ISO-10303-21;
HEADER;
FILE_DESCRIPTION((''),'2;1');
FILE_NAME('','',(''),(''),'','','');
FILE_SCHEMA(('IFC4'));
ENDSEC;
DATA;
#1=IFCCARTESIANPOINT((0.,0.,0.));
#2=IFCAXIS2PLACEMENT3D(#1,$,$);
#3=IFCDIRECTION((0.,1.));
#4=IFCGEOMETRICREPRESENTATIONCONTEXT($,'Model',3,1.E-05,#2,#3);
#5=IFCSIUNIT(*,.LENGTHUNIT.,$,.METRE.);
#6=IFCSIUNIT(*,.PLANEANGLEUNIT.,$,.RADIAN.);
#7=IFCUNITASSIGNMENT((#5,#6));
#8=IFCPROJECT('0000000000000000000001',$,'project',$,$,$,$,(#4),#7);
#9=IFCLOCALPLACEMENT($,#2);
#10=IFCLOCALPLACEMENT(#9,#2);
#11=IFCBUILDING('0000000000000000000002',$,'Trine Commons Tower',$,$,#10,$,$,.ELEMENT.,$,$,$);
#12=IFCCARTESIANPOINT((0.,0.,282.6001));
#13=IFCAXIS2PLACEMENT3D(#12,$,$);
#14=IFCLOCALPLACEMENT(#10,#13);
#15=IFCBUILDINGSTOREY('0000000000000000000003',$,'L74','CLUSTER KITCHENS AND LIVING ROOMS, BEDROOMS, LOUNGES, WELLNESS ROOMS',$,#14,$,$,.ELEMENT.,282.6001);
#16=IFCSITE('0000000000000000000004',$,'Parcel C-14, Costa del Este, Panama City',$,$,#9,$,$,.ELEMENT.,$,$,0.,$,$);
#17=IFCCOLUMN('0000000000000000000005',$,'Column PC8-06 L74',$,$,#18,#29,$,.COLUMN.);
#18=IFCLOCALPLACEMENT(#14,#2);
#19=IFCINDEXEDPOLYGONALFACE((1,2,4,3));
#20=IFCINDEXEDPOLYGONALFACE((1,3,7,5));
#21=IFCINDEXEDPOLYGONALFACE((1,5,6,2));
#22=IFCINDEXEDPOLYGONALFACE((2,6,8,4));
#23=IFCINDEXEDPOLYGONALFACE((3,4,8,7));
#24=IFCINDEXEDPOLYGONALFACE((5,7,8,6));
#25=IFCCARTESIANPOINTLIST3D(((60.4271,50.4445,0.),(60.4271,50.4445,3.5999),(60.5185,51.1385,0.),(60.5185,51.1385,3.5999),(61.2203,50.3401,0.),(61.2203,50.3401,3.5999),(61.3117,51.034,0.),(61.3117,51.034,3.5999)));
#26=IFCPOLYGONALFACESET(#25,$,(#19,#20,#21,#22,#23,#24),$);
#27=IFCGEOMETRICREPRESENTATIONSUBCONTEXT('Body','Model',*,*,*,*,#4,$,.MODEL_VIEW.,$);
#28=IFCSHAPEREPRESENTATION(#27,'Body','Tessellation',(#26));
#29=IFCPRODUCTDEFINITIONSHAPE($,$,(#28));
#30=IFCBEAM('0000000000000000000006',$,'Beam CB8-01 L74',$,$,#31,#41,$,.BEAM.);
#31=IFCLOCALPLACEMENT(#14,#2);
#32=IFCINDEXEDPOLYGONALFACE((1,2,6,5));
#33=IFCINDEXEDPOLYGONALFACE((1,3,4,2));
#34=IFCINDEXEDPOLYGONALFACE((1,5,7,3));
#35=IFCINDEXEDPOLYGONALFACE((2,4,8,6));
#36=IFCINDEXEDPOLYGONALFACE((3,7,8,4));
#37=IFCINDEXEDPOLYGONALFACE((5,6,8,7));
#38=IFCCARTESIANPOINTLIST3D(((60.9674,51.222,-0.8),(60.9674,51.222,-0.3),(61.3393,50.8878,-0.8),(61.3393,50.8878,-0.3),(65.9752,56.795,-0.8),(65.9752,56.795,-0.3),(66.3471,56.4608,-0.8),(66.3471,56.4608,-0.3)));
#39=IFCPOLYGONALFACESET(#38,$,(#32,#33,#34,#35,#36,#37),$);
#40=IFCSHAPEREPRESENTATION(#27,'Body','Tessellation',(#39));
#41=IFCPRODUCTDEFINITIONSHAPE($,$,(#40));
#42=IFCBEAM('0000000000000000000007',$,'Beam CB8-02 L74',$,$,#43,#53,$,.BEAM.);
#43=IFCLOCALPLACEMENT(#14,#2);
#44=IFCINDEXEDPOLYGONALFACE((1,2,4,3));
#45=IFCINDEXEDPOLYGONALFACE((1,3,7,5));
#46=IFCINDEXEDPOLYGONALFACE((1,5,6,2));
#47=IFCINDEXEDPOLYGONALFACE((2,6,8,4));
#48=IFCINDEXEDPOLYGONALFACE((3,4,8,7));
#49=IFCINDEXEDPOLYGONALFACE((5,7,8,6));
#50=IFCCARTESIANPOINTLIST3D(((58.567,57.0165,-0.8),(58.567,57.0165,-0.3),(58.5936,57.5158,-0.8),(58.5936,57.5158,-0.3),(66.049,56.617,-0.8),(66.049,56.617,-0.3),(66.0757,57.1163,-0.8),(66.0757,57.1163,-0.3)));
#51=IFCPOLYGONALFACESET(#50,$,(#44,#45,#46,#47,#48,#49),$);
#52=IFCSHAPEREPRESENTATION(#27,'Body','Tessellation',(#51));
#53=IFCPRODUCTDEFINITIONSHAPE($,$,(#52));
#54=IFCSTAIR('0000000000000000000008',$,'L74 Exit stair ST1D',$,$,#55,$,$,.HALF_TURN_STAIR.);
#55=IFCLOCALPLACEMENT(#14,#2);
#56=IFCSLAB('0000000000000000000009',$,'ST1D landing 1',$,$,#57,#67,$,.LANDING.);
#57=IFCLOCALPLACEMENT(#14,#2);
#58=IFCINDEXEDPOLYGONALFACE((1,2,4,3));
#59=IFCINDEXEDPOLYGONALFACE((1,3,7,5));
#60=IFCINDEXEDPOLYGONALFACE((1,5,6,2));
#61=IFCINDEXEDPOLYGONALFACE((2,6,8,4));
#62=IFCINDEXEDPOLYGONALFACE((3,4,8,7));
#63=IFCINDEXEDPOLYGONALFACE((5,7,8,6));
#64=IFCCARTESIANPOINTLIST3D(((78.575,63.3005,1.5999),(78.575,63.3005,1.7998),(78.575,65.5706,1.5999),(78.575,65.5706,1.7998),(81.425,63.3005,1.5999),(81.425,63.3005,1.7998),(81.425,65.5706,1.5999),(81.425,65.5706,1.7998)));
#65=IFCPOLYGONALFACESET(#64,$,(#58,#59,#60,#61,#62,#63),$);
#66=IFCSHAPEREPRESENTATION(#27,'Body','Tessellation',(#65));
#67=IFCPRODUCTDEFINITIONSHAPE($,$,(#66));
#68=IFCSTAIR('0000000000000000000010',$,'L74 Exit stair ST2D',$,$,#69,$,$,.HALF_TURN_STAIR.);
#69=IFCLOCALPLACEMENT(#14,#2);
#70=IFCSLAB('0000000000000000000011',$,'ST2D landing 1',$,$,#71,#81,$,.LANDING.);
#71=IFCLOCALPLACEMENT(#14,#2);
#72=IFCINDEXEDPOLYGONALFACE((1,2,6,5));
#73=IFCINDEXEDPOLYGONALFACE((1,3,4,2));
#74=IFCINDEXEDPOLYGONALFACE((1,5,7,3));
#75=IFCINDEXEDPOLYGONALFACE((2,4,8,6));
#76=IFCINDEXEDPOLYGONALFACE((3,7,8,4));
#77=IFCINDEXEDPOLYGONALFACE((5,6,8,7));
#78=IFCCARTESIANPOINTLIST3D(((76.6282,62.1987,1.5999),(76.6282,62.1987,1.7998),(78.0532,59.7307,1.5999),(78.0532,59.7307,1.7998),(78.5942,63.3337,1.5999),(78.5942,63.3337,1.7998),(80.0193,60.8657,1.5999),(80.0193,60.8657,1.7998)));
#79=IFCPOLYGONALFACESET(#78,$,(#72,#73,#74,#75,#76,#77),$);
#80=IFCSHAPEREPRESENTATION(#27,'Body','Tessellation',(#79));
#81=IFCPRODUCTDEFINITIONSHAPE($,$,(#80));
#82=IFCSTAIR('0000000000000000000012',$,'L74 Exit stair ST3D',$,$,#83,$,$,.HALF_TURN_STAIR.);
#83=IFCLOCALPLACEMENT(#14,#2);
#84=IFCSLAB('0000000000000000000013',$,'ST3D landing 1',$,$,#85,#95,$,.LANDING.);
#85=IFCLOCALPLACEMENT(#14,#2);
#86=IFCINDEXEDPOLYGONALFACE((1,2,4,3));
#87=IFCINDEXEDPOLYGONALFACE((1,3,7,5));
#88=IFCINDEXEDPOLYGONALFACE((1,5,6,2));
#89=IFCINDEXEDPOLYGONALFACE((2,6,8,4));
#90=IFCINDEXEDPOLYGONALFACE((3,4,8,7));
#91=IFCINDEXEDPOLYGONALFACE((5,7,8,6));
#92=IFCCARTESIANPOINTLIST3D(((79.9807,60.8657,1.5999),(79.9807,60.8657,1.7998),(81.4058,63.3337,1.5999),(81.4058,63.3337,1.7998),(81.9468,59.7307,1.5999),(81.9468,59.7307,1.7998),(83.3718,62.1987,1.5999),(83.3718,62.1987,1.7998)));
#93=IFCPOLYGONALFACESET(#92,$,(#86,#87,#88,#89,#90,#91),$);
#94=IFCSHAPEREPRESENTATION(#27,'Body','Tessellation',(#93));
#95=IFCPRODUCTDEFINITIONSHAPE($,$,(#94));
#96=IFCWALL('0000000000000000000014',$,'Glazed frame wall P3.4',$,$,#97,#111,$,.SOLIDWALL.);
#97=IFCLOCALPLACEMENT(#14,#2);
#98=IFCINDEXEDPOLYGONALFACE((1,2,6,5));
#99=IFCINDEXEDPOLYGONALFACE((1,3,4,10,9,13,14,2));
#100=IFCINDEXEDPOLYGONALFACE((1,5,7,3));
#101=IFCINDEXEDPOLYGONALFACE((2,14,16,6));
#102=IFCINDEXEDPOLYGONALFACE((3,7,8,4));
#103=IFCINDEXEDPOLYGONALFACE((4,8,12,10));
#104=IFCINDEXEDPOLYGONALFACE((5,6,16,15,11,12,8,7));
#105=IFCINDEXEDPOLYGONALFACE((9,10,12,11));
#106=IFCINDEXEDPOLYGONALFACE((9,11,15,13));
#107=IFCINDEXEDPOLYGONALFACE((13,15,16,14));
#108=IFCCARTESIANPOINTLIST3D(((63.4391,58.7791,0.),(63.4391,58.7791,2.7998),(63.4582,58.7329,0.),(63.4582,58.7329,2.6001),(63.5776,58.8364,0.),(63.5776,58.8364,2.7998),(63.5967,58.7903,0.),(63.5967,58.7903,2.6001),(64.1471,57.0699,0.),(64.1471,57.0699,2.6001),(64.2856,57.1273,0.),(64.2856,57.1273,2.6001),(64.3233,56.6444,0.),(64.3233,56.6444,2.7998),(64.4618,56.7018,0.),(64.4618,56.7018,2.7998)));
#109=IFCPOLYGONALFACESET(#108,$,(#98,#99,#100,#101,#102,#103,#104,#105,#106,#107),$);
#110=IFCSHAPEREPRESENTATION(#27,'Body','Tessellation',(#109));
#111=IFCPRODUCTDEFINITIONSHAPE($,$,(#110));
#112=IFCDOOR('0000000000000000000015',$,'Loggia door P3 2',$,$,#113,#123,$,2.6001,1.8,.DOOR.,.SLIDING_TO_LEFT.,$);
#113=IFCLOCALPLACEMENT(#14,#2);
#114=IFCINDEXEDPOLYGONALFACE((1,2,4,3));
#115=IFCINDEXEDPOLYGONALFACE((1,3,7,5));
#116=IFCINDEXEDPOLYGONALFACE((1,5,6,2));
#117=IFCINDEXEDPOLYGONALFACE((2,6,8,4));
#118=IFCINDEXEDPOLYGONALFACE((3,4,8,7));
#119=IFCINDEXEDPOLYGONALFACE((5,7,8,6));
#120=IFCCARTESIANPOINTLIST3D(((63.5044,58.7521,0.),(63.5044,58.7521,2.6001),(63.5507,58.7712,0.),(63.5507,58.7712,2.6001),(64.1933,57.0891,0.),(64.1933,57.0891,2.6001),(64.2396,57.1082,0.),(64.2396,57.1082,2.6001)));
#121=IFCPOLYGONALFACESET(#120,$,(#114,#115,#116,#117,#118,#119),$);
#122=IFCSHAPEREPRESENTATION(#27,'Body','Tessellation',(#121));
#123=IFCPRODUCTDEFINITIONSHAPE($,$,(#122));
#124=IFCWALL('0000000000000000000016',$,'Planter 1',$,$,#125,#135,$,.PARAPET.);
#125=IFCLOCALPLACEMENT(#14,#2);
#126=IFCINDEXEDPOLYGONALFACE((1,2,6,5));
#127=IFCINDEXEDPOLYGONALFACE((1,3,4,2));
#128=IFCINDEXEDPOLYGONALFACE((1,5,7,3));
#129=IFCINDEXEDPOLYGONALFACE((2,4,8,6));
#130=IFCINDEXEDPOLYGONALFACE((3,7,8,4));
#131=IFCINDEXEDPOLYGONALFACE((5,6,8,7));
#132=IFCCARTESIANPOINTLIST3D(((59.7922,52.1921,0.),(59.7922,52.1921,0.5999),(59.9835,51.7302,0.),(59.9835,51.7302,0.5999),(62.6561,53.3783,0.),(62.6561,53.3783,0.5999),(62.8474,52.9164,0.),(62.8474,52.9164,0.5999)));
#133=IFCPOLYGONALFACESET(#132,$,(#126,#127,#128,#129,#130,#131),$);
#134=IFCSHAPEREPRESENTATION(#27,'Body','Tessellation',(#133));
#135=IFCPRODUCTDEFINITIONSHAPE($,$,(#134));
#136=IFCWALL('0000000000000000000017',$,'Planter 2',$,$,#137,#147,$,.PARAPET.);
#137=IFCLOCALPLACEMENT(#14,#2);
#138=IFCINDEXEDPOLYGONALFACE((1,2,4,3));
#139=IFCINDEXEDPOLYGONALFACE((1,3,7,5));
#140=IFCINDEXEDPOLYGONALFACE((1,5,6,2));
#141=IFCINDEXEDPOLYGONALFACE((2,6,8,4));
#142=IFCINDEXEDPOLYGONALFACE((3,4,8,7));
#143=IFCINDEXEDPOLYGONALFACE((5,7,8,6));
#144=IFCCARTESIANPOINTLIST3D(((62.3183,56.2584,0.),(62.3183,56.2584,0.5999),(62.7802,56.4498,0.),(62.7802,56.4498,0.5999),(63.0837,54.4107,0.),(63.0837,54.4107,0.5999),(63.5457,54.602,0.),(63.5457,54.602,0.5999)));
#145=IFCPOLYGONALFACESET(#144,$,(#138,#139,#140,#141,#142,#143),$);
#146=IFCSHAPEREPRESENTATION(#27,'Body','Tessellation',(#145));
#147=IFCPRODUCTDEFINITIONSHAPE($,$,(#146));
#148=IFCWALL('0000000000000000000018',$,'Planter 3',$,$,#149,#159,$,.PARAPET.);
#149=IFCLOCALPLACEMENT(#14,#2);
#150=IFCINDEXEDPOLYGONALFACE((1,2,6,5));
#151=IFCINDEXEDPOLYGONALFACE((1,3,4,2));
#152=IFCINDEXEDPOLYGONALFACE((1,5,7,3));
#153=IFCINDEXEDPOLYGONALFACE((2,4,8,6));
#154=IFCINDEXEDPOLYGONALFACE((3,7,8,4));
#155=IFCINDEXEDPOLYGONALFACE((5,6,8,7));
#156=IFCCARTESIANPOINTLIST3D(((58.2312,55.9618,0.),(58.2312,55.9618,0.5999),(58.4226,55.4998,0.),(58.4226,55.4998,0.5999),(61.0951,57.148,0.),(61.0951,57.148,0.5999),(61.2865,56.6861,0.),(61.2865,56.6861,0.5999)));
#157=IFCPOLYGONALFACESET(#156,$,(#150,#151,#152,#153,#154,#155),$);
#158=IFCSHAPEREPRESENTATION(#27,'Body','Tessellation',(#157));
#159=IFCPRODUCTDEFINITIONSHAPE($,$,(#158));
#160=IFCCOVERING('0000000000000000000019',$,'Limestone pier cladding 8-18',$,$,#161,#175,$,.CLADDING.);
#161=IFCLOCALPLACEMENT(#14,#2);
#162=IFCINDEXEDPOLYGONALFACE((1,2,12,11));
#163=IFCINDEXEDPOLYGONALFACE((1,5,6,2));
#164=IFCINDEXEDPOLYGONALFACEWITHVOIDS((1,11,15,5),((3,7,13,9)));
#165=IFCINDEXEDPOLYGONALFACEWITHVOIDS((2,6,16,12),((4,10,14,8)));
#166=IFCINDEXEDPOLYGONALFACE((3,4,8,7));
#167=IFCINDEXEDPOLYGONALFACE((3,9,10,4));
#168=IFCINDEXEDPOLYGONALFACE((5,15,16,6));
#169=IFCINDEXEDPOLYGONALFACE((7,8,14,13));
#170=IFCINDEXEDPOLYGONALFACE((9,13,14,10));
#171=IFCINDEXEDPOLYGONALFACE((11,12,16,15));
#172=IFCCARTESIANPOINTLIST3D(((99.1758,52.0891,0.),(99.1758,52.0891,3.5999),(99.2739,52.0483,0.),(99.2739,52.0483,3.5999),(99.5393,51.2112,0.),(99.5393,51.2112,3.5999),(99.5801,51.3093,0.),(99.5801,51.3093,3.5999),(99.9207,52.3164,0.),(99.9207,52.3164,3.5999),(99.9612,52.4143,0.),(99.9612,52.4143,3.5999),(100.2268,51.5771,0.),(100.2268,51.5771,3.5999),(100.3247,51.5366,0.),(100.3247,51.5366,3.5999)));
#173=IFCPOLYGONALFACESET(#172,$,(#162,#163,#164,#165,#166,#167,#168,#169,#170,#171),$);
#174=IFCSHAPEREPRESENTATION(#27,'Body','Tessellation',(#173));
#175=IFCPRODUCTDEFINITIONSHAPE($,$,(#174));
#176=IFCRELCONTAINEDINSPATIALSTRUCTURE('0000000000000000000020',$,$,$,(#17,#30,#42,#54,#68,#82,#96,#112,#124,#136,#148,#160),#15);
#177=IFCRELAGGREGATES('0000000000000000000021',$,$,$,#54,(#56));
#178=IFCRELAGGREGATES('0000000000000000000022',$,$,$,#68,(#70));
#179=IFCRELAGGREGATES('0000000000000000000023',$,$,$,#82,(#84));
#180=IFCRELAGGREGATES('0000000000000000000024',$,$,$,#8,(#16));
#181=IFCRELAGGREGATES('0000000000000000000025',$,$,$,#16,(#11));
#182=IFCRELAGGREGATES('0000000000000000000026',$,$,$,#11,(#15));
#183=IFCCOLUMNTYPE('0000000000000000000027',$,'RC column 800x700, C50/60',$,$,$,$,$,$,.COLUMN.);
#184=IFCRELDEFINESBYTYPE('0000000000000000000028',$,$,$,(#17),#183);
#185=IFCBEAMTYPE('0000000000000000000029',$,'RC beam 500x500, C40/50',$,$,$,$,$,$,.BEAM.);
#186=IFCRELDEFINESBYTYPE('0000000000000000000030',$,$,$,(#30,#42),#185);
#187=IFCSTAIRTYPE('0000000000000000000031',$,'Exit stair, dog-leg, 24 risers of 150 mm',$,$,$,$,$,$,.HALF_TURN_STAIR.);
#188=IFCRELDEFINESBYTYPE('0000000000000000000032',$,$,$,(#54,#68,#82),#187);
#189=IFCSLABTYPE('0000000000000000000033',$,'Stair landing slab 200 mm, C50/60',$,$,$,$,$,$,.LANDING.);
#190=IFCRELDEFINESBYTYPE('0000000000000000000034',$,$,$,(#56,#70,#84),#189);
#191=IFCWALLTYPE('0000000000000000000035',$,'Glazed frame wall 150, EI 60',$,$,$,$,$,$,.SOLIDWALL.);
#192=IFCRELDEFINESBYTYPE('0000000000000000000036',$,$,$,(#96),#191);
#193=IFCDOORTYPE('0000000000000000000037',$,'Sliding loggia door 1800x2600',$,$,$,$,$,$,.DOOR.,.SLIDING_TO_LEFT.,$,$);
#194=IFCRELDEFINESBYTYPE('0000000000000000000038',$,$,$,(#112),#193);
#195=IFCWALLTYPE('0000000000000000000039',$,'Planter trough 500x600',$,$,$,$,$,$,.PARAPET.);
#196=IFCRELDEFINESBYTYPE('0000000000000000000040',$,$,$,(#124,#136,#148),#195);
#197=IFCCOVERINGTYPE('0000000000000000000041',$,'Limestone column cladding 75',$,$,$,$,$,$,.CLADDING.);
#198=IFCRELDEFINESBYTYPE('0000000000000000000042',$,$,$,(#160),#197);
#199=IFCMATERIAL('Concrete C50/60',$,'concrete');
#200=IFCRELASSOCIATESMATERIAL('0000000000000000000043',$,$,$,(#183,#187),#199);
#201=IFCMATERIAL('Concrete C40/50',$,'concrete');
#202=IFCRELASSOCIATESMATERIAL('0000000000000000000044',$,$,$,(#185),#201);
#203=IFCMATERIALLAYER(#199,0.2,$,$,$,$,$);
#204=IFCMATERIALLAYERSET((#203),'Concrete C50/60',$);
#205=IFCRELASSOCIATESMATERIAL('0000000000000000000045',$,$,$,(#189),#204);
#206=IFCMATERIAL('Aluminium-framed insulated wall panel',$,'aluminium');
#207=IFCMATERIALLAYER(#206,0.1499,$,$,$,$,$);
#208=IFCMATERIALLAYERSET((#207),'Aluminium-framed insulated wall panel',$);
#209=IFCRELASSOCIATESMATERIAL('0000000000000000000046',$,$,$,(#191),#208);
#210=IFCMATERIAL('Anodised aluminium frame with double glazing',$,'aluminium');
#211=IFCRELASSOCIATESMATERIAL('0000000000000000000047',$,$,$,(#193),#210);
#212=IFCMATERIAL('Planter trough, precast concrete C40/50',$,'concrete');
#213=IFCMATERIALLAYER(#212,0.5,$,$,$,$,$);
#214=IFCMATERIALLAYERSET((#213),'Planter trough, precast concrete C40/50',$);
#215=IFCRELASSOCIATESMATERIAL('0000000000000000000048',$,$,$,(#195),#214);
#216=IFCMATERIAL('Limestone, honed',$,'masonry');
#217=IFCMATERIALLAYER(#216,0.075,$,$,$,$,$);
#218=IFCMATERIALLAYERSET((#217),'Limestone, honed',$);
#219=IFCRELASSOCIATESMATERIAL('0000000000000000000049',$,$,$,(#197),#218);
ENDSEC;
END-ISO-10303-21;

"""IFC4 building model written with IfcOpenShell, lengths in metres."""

from ifc_helpers import new_model, si_unit, direction, frame, frame_2d, origin, origin_2d, place, context, subcontext, project, spatial, polyline, rectangle, outline, extrude, material, layer, layer_set, material_profile, profile_set, type_object, element, fill, aggregate, save


model = new_model("IFC4")

# Units and contexts
model_context = context("Model", 3, precision=1e-05, world=origin(), true_north=direction((0.0, 1.0)))
body_context = subcontext(model_context, "Body", "Model", "MODEL_VIEW")
ifc_project = project(units=[si_unit("LENGTHUNIT", "METRE"), si_unit("PLANEANGLEUNIT", "RADIAN")], contexts=[model_context])

# Site, building, storey
site_placement = place(None, origin())
site = spatial("IfcSite", under=ifc_project, at=site_placement, Name="Parcel C-14, Costa del Este, Panama City", CompositionType="ELEMENT", RefElevation=0.0)
building_placement = place(site_placement, origin())
building = spatial("IfcBuilding", under=site, at=building_placement, Name="Trine Commons Tower", CompositionType="ELEMENT")
storey_placement = place(building_placement, frame((0.0, 0.0, 282.6001)))
storey = spatial("IfcBuildingStorey", under=building, at=storey_placement, Name="L74", Description="CLUSTER KITCHENS AND LIVING ROOMS, BEDROOMS, LOUNGES, WELLNESS ROOMS", CompositionType="ELEMENT", Elevation=282.6001)

# Column
ifc_material_1 = material(Name="Concrete C50/60", Category="concrete")
ifc_material_profile_1 = material_profile(ifc_material_1, rectangle(XDim=0.8, YDim=0.7, at=origin_2d()), Name="RC 800x700")
ifc_profile_set_1 = profile_set([ifc_material_profile_1], Name="Concrete C50/60")
column_type = type_object("IfcColumnType", Name="RC column 800x700, C50/60", PredefinedType="COLUMN", material=ifc_profile_set_1)
column_placement = place(storey_placement, frame((60.8694, 50.7393, 0.0), z_axis=(0.0, 0.0, 1.0), x_axis=(-0.991445, 0.130526, 0.0)))
element("IfcColumn", 1, at=column_placement, inside=storey, type_object=column_type, Name="Column PC8-06 L74", PredefinedType="COLUMN", context=body_context, shape_type="SweptSolid", body=[
    extrude(rectangle(XDim=0.8, YDim=0.7, at=origin_2d()), origin(), (0.0, 0.0, 1.0), 3.5999),
])

# Beams
ifc_material_2 = material(Name="Concrete C40/50", Category="concrete")
ifc_material_profile_2 = material_profile(ifc_material_2, rectangle(XDim=0.5, YDim=0.5, at=origin_2d()), Name="RC 500x500")
ifc_profile_set_2 = profile_set([ifc_material_profile_2], Name="Concrete C40/50")
beam_type = type_object("IfcBeamType", Name="RC beam 500x500, C40/50", PredefinedType="BEAM", material=ifc_profile_set_2)
beam_1_placement = place(storey_placement, frame((61.1533, 51.0549, -0.55), z_axis=(0.668383, 0.743817, 0.0), x_axis=(-0.743817, 0.668383, 0.0)))
element("IfcBeam", 2, at=beam_1_placement, inside=storey, type_object=beam_type, Name="Beam CB8-01 L74", PredefinedType="BEAM", context=body_context, shape_type="SweptSolid", body=[
    extrude(rectangle(XDim=0.5, YDim=0.5, at=origin_2d()), origin(), (0.0, 0.0, 1.0), 7.4924),
])
beam_2_placement = place(storey_placement, frame((58.5803, 57.2661, -0.55), z_axis=(0.998578, -0.053308, 0.0), x_axis=(0.053308, 0.998578, 0.0)))
element("IfcBeam", 3, at=beam_2_placement, inside=storey, type_object=beam_type, Name="Beam CB8-02 L74", PredefinedType="BEAM", context=body_context, shape_type="SweptSolid", body=[
    extrude(rectangle(XDim=0.5, YDim=0.5, at=origin_2d()), origin(), (0.0, 0.0, 1.0), 7.4927),
])

# Stairs, slabs
stair_type = type_object("IfcStairType", Name="Exit stair, dog-leg, 24 risers of 150 mm", PredefinedType="HALF_TURN_STAIR", material=ifc_material_1)
stair_1_placement = place(storey_placement, origin())
stair_1 = element("IfcStair", 4, at=stair_1_placement, inside=storey, type_object=stair_type, Name="L74 Exit stair ST1D", PredefinedType="HALF_TURN_STAIR")
ifc_layer_1 = layer(ifc_material_1, 0.2)
ifc_layer_set_1 = layer_set([ifc_layer_1], Name="Concrete C50/60")
slab_type = type_object("IfcSlabType", Name="Stair landing slab 200 mm, C50/60", PredefinedType="LANDING", material=ifc_layer_set_1)
slab_1_placement = place(storey_placement, frame((0.0, 0.0, 1.5999)))
slab_1 = element("IfcSlab", 5, at=slab_1_placement, type_object=slab_type, Name="ST1D landing 1", PredefinedType="LANDING", context=body_context, shape_type="SweptSolid", body=[
    extrude(outline(polyline([(78.575, 65.5706), (78.575, 63.3005), (81.425, 63.3005), (81.425, 65.5706), (78.575, 65.5706)])), origin(), (0.0, 0.0, 1.0), 0.2),
])
aggregate(stair_1, [slab_1])
stair_2_placement = place(storey_placement, origin())
stair_2 = element("IfcStair", 6, at=stair_2_placement, inside=storey, type_object=stair_type, Name="L74 Exit stair ST2D", PredefinedType="HALF_TURN_STAIR")
slab_2_placement = place(storey_placement, frame((0.0, 0.0, 1.5999)))
slab_2 = element("IfcSlab", 7, at=slab_2_placement, type_object=slab_type, Name="ST2D landing 1", PredefinedType="LANDING", context=body_context, shape_type="SweptSolid", body=[
    extrude(outline(polyline([(78.0532, 59.7307), (80.0193, 60.8657), (78.5942, 63.3337), (76.6282, 62.1987), (78.0532, 59.7307)])), origin(), (0.0, 0.0, 1.0), 0.2),
])
aggregate(stair_2, [slab_2])
stair_3_placement = place(storey_placement, origin())
stair_3 = element("IfcStair", 8, at=stair_3_placement, inside=storey, type_object=stair_type, Name="L74 Exit stair ST3D", PredefinedType="HALF_TURN_STAIR")
slab_3_placement = place(storey_placement, frame((0.0, 0.0, 1.5999)))
slab_3 = element("IfcSlab", 9, at=slab_3_placement, type_object=slab_type, Name="ST3D landing 1", PredefinedType="LANDING", context=body_context, shape_type="SweptSolid", body=[
    extrude(outline(polyline([(83.3718, 62.1987), (81.4058, 63.3337), (79.9807, 60.8657), (81.9468, 59.7307), (83.3718, 62.1987)])), origin(), (0.0, 0.0, 1.0), 0.2),
])
aggregate(stair_3, [slab_3])

# Wall, opening, door
ifc_material_3 = material(Name="Aluminium-framed insulated wall panel", Category="aluminium")
ifc_layer_2 = layer(ifc_material_3, 0.1499)
ifc_layer_set_2 = layer_set([ifc_layer_2], Name="Aluminium-framed insulated wall panel")
wall_type_1 = type_object("IfcWallType", Name="Glazed frame wall 150, EI 60", PredefinedType="SOLIDWALL", material=ifc_layer_set_2)
wall_1_placement = place(storey_placement, frame((64.3926, 56.6731, 0.0), z_axis=(0.0, 0.0, 1.0), x_axis=(-0.382694, 0.923875, 0.0)))
wall_1 = element("IfcWall", 10, at=wall_1_placement, inside=storey, type_object=wall_type_1, Name="Glazed frame wall P3.4", PredefinedType="SOLIDWALL", context=body_context, shape_type="SweptSolid", body=[
    extrude(outline(polyline([(0.0, -0.075), (2.3105, -0.075), (2.3105, 0.075), (0.0, 0.075), (0.0, -0.075)])), origin(), (0.0, 0.0, 1.0), 2.7998),
])
opening_placement = place(wall_1_placement, frame((0.4607, 0.0, 0.0)))
opening = element("IfcOpeningElement", 11, at=opening_placement, cuts=wall_1, PredefinedType="OPENING", context=body_context, shape_type="SweptSolid", body=[
    extrude(rectangle(XDim=1.8, YDim=2.6001, at=frame_2d((0.8999, 1.3))), frame((0.0, 0.085, 0.0), z_axis=(0.0, -1.0, 0.0), x_axis=(1.0, 0.0, 0.0)), (0.0, 0.0, 1.0), 0.1699),
])
ifc_material_4 = material(Name="Anodised aluminium frame with double glazing", Category="aluminium")
door_type = type_object("IfcDoorType", Name="Sliding loggia door 1800x2600", OperationType="SLIDING_TO_LEFT", PredefinedType="DOOR", material=ifc_material_4)
door_placement = place(opening_placement, origin())
door = element("IfcDoor", 12, at=door_placement, inside=storey, type_object=door_type, Name="Loggia door P3 2", OperationType="SLIDING_TO_LEFT", OverallHeight=2.6001, OverallWidth=1.8, PredefinedType="DOOR", context=body_context, shape_type="SweptSolid", body=[
    extrude(rectangle(XDim=1.8, YDim=2.6001, at=frame_2d((0.8999, 1.3))), frame((0.0, 0.0249, 0.0), z_axis=(0.0, -1.0, 0.0), x_axis=(1.0, 0.0, 0.0)), (0.0, 0.0, 1.0), 0.05),
])
fill(opening, door)

# Walls
ifc_material_5 = material(Name="Planter trough, precast concrete C40/50", Category="concrete")
ifc_layer_3 = layer(ifc_material_5, 0.5)
ifc_layer_set_3 = layer_set([ifc_layer_3], Name="Planter trough, precast concrete C40/50")
wall_type_2 = type_object("IfcWallType", Name="Planter trough 500x600", PredefinedType="PARAPET", material=ifc_layer_set_3)
wall_2_placement = place(storey_placement, frame((59.8879, 51.9612, 0.0), z_axis=(0.0, 0.0, 1.0), x_axis=(0.923883, 0.382674, 0.0)))
element("IfcWall", 13, at=wall_2_placement, inside=storey, type_object=wall_type_2, Name="Planter 1", PredefinedType="PARAPET", context=body_context, shape_type="SweptSolid", body=[
    extrude(rectangle(XDim=3.0999, YDim=0.5, at=frame_2d((1.5498, 0.0))), origin(), (0.0, 0.0, 1.0), 0.5999),
])
wall_3_placement = place(storey_placement, frame((63.3147, 54.5063, 0.0), z_axis=(0.0, 0.0, 1.0), x_axis=(-0.382708, 0.92387, 0.0)))
element("IfcWall", 14, at=wall_3_placement, inside=storey, type_object=wall_type_2, Name="Planter 2", PredefinedType="PARAPET", context=body_context, shape_type="SweptSolid", body=[
    extrude(rectangle(XDim=2.0, YDim=0.5, at=frame_2d((1.0, 0.0))), origin(), (0.0, 0.0, 1.0), 0.5999),
])
wall_4_placement = place(storey_placement, frame((61.1907, 56.917, 0.0), z_axis=(0.0, 0.0, 1.0), x_axis=(-0.923883, -0.382674, 0.0)))
element("IfcWall", 15, at=wall_4_placement, inside=storey, type_object=wall_type_2, Name="Planter 3", PredefinedType="PARAPET", context=body_context, shape_type="SweptSolid", body=[
    extrude(rectangle(XDim=3.0999, YDim=0.5, at=frame_2d((1.5498, 0.0))), origin(), (0.0, 0.0, 1.0), 0.5999),
])

# Covering
ifc_material_6 = material(Name="Limestone, honed", Category="masonry")
ifc_layer_4 = layer(ifc_material_6, 0.075)
ifc_layer_set_4 = layer_set([ifc_layer_4], Name="Limestone, honed")
covering_type_1 = type_object("IfcCoveringType", Name="Limestone column cladding 75", PredefinedType="CLADDING", material=ifc_layer_set_4)
covering_1_placement = place(storey_placement, origin())
element("IfcCovering", 16, at=covering_1_placement, inside=storey, type_object=covering_type_1, Name="Limestone pier cladding 8-18", PredefinedType="CLADDING", context=body_context, shape_type="SweptSolid", body=[
    extrude(outline(polyline([(99.9612, 52.4143), (99.1758, 52.0891), (99.5393, 51.2112), (100.3247, 51.5366), (99.9612, 52.4143)]), holes=[polyline([(99.9207, 52.3164), (99.2739, 52.0483), (99.5801, 51.3093), (100.2268, 51.5771), (99.9207, 52.3164)])]), origin(), (0.0, 0.0, 1.0), 3.5999),
])

save(model, "model.ifc")
